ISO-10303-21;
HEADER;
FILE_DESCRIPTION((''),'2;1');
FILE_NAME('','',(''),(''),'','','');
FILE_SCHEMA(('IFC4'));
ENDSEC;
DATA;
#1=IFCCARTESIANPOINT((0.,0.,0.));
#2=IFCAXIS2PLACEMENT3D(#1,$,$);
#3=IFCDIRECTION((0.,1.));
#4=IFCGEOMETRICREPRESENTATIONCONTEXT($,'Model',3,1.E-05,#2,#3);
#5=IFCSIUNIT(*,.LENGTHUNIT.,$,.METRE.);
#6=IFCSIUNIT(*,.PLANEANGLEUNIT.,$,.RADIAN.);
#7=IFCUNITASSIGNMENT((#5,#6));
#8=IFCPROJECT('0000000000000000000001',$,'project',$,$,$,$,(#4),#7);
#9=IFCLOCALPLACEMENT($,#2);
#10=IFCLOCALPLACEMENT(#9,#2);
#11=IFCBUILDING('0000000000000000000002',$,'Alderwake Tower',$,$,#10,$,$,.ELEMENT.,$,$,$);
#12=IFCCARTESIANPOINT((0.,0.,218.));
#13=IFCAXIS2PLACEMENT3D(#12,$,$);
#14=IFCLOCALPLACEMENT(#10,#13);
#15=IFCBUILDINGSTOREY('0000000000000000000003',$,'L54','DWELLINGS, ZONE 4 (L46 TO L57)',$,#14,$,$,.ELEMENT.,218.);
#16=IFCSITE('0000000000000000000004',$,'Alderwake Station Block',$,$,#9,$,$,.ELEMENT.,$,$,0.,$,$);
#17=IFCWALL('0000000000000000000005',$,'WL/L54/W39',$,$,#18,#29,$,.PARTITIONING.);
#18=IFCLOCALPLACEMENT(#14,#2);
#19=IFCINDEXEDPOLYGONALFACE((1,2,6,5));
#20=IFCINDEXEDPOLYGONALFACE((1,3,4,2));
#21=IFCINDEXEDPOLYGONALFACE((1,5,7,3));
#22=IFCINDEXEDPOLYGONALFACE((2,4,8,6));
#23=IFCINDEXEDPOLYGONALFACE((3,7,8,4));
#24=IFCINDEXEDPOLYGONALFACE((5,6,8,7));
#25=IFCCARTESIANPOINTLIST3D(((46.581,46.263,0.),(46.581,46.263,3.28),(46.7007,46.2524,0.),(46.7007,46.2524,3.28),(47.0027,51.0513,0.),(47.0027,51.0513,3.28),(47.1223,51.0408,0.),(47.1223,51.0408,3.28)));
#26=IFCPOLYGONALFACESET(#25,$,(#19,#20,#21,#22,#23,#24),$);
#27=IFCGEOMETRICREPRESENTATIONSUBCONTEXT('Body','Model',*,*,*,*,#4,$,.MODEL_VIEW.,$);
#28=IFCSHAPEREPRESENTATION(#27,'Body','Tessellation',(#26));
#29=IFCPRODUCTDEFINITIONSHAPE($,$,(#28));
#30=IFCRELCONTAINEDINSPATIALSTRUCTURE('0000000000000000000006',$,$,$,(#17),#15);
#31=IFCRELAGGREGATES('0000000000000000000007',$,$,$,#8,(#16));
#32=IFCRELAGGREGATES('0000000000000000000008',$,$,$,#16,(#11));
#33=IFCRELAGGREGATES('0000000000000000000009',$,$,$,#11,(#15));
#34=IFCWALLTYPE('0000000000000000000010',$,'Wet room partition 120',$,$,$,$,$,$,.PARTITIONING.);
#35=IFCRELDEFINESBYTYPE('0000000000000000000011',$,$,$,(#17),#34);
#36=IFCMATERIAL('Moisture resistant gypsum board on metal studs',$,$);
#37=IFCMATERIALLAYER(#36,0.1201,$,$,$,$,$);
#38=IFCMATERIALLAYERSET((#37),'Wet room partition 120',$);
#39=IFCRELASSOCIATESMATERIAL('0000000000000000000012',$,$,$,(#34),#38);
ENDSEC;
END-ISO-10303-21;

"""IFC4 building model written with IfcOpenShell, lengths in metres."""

from ifc_helpers import new_model, si_unit, direction, frame, frame_2d, origin, place, context, subcontext, project, spatial, rectangle, extrude, material, layer, layer_set, type_object, element, save


model = new_model("IFC4")

# Units and contexts
model_context = context("Model", 3, precision=1e-05, world=origin(), true_north=direction((0.0, 1.0)))
body_context = subcontext(model_context, "Body", "Model", "MODEL_VIEW")
ifc_project = project(units=[si_unit("LENGTHUNIT", "METRE"), si_unit("PLANEANGLEUNIT", "RADIAN")], contexts=[model_context])

# Site, building, storey
site_placement = place(None, origin())
site = spatial("IfcSite", under=ifc_project, at=site_placement, Name="Alderwake Station Block", CompositionType="ELEMENT", RefElevation=0.0)
building_placement = place(site_placement, origin())
building = spatial("IfcBuilding", under=site, at=building_placement, Name="Alderwake Tower", CompositionType="ELEMENT")
storey_placement = place(building_placement, frame((0.0, 0.0, 218.0)))
storey = spatial("IfcBuildingStorey", under=building, at=storey_placement, Name="L54", Description="DWELLINGS, ZONE 4 (L46 TO L57)", CompositionType="ELEMENT", Elevation=218.0)

# Shared definitions
ifc_material_1 = material(Name="Moisture resistant gypsum board on metal studs")
ifc_layer_1 = layer(ifc_material_1, 0.1201)
ifc_layer_set_1 = layer_set([ifc_layer_1], Name="Wet room partition 120")
wall_type_1 = type_object("IfcWallType", Name="Wet room partition 120", PredefinedType="PARTITIONING", material=ifc_layer_set_1)

# Wall
wall_1_placement = place(storey_placement, frame((46.6409, 46.2578, 0.0), z_axis=(0.0, 0.0, 1.0), x_axis=(0.087714, 0.996146, 0.0)))
element("IfcWall", 1, at=wall_1_placement, inside=storey, type_object=wall_type_1, Name="WL/L54/W39", PredefinedType="PARTITIONING", context=body_context, shape_type="SweptSolid", body=[
    extrude(rectangle(XDim=4.8069, YDim=0.1201, at=frame_2d((2.4033, 0.0))), origin(), (0.0, 0.0, 1.0), 3.28),
])

save(model, "model.ifc")
